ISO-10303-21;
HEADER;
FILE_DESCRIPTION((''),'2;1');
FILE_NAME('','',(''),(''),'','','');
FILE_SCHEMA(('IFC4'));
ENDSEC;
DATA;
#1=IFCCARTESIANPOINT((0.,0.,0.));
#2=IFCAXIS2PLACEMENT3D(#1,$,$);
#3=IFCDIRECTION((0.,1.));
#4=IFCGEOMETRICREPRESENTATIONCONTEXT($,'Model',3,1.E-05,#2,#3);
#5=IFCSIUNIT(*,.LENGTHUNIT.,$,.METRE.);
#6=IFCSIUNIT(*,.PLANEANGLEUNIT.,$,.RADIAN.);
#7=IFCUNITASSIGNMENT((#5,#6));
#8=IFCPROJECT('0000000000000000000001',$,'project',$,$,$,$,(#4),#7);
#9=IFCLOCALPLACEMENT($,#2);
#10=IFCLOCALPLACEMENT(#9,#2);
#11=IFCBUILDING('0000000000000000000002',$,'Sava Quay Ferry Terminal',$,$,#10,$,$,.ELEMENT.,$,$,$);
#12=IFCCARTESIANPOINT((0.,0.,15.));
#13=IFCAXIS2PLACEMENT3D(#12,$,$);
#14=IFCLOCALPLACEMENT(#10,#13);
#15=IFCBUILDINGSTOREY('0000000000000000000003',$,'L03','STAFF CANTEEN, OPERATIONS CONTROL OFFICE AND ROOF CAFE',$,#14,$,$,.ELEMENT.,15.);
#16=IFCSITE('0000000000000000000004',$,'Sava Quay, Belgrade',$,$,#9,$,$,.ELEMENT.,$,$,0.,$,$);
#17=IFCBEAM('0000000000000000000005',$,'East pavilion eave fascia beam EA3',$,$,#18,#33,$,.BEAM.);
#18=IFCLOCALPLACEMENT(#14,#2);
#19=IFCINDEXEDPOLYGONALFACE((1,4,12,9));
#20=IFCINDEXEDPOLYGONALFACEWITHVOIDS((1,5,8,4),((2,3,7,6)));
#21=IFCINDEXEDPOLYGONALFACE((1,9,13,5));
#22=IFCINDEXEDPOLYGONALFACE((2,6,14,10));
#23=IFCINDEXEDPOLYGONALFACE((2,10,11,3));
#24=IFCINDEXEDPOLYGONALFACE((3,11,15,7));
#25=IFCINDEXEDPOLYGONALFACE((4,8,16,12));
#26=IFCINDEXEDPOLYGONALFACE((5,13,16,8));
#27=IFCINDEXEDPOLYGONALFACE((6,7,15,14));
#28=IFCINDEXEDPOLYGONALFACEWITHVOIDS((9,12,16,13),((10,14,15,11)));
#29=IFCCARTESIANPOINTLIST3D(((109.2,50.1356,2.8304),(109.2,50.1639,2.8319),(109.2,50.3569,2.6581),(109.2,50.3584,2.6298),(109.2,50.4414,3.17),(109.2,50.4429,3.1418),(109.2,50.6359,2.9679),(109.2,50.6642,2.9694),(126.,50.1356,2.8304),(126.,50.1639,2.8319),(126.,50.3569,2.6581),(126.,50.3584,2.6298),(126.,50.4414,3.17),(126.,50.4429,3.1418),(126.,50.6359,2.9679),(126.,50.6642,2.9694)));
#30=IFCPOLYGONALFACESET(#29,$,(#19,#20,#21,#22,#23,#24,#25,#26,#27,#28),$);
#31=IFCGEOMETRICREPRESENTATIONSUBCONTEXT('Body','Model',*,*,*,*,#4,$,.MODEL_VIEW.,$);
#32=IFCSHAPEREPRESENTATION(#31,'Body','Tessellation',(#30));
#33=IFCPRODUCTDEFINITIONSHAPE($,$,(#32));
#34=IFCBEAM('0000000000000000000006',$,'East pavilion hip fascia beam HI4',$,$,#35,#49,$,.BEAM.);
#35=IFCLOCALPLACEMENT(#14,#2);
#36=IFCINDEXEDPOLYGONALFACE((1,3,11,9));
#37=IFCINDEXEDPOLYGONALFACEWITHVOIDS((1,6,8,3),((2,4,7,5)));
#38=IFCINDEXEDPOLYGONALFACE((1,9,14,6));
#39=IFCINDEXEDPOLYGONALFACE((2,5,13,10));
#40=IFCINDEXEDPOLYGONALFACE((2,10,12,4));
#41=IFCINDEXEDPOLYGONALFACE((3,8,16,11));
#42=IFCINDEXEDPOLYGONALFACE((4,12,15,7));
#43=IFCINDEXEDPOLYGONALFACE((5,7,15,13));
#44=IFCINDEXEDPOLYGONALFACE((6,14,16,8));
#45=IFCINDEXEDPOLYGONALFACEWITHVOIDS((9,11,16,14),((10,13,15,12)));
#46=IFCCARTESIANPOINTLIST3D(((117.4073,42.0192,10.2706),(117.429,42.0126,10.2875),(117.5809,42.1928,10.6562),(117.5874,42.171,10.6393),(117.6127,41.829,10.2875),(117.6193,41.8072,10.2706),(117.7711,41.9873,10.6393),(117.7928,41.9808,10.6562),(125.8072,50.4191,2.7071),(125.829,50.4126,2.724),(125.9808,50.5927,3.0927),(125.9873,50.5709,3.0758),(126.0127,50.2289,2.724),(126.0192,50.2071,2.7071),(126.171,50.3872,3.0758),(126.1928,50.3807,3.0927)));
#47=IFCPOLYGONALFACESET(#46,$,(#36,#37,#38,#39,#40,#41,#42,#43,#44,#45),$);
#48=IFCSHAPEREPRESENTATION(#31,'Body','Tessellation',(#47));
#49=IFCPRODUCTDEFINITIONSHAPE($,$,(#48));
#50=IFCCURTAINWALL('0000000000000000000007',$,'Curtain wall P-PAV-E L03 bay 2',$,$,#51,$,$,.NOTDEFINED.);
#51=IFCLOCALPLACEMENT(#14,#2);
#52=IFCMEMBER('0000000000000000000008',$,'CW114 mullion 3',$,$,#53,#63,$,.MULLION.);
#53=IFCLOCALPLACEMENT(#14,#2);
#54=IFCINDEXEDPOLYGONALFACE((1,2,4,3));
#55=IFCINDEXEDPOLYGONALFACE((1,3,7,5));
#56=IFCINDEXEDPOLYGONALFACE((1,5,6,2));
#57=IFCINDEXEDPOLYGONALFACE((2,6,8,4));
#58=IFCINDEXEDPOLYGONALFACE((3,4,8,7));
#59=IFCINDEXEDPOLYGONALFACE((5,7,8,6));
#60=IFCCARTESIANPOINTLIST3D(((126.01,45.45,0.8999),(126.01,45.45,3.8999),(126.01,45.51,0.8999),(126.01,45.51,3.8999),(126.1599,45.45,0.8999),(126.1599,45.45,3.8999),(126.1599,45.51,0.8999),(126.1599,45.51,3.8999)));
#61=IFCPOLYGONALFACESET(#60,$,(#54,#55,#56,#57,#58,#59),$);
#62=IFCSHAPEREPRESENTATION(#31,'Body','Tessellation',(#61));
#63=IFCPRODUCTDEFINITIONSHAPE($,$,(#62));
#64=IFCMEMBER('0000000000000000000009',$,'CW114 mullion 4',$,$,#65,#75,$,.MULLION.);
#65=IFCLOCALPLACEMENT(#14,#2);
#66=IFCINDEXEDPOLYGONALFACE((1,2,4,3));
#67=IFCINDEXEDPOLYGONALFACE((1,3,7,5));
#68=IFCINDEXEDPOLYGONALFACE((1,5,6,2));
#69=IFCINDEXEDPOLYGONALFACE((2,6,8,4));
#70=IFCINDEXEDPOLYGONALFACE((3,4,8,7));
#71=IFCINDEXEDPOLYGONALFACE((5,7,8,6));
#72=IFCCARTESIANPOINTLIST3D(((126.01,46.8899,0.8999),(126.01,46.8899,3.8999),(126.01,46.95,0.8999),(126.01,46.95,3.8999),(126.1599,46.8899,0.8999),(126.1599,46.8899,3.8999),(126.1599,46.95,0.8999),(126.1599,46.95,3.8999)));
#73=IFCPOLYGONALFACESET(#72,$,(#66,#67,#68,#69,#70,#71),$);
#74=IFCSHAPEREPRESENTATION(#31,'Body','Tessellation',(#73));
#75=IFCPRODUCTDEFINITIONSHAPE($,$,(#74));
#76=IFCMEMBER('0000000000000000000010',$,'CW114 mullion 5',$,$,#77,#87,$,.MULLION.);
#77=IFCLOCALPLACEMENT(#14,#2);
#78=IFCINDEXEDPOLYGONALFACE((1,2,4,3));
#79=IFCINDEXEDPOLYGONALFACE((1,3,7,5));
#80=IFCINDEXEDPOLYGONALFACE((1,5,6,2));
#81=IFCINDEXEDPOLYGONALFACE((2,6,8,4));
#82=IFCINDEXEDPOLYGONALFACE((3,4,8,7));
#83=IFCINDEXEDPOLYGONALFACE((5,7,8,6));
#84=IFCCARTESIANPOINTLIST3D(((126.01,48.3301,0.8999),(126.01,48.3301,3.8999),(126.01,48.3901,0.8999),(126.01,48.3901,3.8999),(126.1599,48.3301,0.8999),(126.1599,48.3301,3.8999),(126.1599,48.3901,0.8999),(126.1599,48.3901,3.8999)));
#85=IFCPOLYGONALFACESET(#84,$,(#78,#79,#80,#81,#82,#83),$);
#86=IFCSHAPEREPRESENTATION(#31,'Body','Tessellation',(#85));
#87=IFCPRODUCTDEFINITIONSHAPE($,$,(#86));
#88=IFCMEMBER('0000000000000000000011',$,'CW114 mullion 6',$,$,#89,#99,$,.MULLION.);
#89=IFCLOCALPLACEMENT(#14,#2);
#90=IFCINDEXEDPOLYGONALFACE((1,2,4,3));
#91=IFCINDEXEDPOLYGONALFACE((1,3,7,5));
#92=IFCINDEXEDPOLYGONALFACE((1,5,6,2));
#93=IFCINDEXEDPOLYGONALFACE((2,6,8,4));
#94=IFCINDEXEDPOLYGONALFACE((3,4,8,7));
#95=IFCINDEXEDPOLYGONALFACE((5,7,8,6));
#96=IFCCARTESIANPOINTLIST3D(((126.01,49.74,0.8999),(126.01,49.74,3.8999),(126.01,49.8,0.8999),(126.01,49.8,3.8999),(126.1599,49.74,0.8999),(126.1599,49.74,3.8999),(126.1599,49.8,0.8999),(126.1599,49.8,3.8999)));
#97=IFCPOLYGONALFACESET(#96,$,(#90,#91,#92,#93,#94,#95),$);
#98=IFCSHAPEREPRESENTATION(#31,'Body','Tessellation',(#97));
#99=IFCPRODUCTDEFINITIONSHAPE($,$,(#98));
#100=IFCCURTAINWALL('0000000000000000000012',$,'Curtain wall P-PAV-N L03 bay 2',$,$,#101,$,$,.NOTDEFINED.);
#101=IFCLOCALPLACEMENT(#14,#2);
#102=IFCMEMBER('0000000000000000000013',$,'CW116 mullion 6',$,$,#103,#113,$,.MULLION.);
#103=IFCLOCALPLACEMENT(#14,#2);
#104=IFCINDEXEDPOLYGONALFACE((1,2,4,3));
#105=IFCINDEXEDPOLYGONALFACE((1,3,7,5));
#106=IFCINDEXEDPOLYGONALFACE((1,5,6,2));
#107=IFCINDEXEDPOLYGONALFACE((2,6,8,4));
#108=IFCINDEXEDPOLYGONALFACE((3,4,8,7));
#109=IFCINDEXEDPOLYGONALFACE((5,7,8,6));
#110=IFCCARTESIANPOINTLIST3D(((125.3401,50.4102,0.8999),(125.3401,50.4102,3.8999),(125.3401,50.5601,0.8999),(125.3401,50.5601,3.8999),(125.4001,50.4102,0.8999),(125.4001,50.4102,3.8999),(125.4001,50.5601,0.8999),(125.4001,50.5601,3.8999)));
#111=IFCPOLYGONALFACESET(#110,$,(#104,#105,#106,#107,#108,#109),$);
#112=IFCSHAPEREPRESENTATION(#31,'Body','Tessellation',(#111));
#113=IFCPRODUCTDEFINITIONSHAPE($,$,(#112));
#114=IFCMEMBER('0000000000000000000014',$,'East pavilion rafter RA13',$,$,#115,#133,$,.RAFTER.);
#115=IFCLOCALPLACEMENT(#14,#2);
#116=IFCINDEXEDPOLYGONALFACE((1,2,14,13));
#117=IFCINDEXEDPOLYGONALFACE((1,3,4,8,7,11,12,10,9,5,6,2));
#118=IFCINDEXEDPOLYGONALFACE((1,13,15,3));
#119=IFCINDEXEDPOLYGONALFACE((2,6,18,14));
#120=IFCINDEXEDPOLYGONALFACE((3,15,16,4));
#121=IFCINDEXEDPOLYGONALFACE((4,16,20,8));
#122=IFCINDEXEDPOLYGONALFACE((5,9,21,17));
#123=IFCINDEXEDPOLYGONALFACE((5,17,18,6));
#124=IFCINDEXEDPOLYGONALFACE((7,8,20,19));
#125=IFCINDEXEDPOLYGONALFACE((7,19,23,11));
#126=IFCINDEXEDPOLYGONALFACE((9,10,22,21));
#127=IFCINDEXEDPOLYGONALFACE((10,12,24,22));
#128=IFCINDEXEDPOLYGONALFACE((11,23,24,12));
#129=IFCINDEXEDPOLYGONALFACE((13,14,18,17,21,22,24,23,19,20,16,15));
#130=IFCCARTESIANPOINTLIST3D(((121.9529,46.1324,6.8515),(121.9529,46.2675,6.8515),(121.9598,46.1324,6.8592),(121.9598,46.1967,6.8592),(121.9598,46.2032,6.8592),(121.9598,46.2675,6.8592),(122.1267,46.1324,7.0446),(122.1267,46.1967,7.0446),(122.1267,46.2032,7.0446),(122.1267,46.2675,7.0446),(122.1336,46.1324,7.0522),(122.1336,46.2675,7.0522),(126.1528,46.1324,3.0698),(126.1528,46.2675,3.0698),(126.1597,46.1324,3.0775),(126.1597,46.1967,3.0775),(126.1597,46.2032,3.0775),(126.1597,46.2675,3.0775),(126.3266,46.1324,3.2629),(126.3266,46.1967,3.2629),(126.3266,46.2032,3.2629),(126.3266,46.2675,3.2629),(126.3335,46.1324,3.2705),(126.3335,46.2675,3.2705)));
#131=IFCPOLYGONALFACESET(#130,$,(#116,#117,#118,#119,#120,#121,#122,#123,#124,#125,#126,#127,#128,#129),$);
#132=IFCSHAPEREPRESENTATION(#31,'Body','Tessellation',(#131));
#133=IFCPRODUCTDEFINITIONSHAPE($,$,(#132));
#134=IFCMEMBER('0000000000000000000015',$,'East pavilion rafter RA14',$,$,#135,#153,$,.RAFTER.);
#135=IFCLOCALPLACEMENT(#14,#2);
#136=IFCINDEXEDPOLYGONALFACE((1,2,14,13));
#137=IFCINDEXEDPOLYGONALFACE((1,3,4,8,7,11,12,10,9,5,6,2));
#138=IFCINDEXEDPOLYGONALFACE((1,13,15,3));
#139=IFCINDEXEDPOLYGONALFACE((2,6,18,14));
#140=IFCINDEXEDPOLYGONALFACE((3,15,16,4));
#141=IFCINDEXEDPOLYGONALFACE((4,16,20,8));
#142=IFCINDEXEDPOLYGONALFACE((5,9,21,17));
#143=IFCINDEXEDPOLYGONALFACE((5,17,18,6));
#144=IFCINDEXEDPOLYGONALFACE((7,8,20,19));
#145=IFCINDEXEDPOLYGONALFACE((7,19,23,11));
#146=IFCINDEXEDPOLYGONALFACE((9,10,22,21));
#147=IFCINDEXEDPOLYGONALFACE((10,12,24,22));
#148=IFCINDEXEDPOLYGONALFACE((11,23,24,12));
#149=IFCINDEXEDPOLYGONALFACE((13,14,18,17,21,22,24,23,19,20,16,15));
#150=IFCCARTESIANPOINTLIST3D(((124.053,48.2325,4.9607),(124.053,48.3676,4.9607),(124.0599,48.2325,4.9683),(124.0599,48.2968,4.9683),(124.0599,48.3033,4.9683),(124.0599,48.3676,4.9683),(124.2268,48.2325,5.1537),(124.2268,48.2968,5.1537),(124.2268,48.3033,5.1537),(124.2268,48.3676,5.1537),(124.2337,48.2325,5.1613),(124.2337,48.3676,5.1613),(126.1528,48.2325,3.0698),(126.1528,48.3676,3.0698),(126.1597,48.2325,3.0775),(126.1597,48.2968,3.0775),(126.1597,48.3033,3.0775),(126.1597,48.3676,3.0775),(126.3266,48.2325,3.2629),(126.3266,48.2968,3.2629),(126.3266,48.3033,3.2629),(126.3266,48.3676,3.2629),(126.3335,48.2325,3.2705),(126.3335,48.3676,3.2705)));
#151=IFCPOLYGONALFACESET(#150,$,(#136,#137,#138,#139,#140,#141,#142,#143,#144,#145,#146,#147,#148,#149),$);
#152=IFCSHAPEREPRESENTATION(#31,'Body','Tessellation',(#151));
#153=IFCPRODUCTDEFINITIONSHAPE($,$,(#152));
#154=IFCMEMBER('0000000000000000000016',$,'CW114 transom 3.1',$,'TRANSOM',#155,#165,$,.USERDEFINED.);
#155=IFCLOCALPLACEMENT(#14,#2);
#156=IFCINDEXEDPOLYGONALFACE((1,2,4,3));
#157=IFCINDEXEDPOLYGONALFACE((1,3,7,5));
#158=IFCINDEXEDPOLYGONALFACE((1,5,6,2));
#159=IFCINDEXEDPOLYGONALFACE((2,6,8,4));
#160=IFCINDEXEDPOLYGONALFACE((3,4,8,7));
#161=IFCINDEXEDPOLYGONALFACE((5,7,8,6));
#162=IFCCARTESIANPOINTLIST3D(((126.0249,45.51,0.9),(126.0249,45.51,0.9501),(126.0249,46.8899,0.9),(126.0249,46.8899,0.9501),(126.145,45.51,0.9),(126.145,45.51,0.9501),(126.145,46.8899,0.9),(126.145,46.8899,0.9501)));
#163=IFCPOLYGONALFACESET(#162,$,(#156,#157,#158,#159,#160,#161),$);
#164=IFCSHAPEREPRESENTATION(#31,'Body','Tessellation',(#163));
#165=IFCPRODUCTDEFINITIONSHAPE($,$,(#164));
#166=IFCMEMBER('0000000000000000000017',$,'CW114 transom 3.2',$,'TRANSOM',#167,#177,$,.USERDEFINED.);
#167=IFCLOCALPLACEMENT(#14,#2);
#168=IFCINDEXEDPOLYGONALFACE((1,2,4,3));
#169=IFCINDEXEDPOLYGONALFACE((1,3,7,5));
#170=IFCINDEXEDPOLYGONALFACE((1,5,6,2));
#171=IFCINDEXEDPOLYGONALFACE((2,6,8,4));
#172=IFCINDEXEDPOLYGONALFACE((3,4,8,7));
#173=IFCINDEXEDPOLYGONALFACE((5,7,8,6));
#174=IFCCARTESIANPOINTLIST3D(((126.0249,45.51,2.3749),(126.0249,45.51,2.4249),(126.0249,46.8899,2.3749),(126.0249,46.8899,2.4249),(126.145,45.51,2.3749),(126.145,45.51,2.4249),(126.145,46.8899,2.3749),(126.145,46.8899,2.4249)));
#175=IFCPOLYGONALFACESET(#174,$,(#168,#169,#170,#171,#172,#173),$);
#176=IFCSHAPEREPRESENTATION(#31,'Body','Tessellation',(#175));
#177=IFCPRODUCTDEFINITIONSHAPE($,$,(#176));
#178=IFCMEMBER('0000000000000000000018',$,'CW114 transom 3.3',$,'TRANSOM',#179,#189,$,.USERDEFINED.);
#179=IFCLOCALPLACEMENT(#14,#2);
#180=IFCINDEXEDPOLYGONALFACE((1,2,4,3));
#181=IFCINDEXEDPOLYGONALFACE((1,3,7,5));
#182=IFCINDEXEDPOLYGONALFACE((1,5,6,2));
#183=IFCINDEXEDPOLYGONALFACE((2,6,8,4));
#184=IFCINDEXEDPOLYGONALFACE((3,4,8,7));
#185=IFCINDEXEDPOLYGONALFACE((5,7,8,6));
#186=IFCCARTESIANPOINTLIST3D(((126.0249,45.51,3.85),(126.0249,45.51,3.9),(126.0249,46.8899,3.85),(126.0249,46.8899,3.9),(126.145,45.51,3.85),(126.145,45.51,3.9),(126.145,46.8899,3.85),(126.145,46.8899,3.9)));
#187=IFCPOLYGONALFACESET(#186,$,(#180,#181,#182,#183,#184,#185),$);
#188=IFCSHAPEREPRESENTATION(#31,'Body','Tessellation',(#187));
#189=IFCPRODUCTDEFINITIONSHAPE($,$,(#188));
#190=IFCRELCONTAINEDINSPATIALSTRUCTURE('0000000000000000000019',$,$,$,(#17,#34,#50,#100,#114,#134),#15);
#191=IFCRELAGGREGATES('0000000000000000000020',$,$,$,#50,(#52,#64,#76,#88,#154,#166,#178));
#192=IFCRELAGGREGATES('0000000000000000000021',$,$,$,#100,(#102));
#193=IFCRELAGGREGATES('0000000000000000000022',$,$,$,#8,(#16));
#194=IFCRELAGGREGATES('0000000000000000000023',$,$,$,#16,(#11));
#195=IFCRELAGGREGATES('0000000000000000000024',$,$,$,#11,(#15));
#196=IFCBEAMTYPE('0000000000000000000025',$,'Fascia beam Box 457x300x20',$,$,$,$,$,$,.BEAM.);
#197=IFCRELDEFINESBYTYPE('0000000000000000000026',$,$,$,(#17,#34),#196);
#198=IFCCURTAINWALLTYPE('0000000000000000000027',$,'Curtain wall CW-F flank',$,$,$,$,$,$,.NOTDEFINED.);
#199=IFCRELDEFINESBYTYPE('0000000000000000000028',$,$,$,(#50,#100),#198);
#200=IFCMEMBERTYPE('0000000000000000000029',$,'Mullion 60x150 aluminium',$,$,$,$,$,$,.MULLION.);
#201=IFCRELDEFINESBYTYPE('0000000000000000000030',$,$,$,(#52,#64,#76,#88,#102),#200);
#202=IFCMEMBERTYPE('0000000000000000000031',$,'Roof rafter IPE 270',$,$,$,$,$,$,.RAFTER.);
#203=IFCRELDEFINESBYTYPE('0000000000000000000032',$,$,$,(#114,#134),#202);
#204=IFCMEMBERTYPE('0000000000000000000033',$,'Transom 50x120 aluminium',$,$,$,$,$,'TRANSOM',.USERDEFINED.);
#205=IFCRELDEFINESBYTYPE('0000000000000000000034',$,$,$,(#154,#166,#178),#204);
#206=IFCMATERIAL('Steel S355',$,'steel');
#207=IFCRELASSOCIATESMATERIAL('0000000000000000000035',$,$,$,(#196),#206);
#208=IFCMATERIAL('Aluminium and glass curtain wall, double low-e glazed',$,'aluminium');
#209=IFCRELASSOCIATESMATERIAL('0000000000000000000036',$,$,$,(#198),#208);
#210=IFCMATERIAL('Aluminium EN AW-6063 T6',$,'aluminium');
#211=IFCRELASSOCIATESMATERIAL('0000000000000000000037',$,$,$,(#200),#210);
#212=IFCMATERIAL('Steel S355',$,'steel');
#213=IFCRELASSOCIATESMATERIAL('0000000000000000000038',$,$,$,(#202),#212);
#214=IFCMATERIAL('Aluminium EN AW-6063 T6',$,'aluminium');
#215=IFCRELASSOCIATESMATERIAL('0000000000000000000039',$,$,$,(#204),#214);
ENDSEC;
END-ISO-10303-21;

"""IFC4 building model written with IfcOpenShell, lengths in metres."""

from ifc_helpers import new_model, si_unit, direction, frame, origin, origin_2d, place, context, subcontext, project, spatial, polyline, rectangle, i_section, outline, extrude, material, material_profile, profile_set, type_object, element, aggregate, save


model = new_model("IFC4")

# Units and contexts
model_context = context("Model", 3, precision=1e-05, world=origin(), true_north=direction((0.0, 1.0)))
body_context = subcontext(model_context, "Body", "Model", "MODEL_VIEW")
ifc_project = project(units=[si_unit("LENGTHUNIT", "METRE"), si_unit("PLANEANGLEUNIT", "RADIAN")], contexts=[model_context])

# Site, building, storey
site_placement = place(None, origin())
site = spatial("IfcSite", under=ifc_project, at=site_placement, Name="Sava Quay, Belgrade", CompositionType="ELEMENT", RefElevation=0.0)
building_placement = place(site_placement, origin())
building = spatial("IfcBuilding", under=site, at=building_placement, Name="Sava Quay Ferry Terminal", CompositionType="ELEMENT")
storey_placement = place(building_placement, frame((0.0, 0.0, 15.0)))
storey = spatial("IfcBuildingStorey", under=building, at=storey_placement, Name="L03", Description="STAFF CANTEEN, OPERATIONS CONTROL OFFICE AND ROOF CAFE", CompositionType="ELEMENT", Elevation=15.0)

# Beams
ifc_material_1 = material(Name="Steel S355", Category="steel")
ifc_material_profile_1 = material_profile(ifc_material_1, outline(polyline([(-0.1499, -0.2285), (0.1499, -0.2285), (0.1499, 0.2285), (-0.1499, 0.2285), (-0.1499, -0.2285)]), holes=[polyline([(-0.1299, -0.2085), (-0.1299, 0.2085), (0.1299, 0.2085), (0.1299, -0.2085), (-0.1299, -0.2085)])]), Name="Box 457x300x20 built-up")
ifc_profile_set_1 = profile_set([ifc_material_profile_1], Name="Steel S355")
beam_type = type_object("IfcBeamType", Name="Fascia beam Box 457x300x20", PredefinedType="BEAM", material=ifc_profile_set_1)
beam_1_placement = place(storey_placement, frame((126.0, 50.3999, 2.8999), z_axis=(-1.0, 0.0, 0.0), x_axis=(0.0, -0.743145, 0.669131)))
element("IfcBeam", 1, at=beam_1_placement, inside=storey, type_object=beam_type, Name="East pavilion eave fascia beam EA3", PredefinedType="BEAM", context=body_context, shape_type="SweptSolid", body=[
    extrude(outline(polyline([(-0.1499, -0.2285), (0.1499, -0.2285), (0.1499, 0.2285), (-0.1499, 0.2285), (-0.1499, -0.2285)]), holes=[polyline([(-0.1299, -0.2085), (-0.1299, 0.2085), (0.1299, 0.2085), (0.1299, -0.2085), (-0.1299, -0.2085)])]), origin(), (0.0, 0.0, 1.0), 16.8),
])
beam_2_placement = place(storey_placement, frame((126.0, 50.3999, 2.8999), z_axis=(-0.596469, -0.596469, 0.537075), x_axis=(0.707107, -0.707107, 0.0)))
element("IfcBeam", 2, at=beam_2_placement, inside=storey, type_object=beam_type, Name="East pavilion hip fascia beam HI4", PredefinedType="BEAM", context=body_context, shape_type="SweptSolid", body=[
    extrude(outline(polyline([(-0.1499, -0.2285), (0.1499, -0.2285), (0.1499, 0.2285), (-0.1499, 0.2285), (-0.1499, -0.2285)]), holes=[polyline([(-0.1299, -0.2085), (-0.1299, 0.2085), (0.1299, 0.2085), (0.1299, -0.2085), (-0.1299, -0.2085)])]), origin(), (0.0, 0.0, 1.0), 14.0828),
])

# Curtain wall, members
ifc_material_2 = material(Name="Aluminium and glass curtain wall, double low-e glazed", Category="aluminium")
curtain_wall_type = type_object("IfcCurtainWallType", Name="Curtain wall CW-F flank", PredefinedType="NOTDEFINED", material=ifc_material_2)
curtain_wall_1_placement = place(storey_placement, origin())
curtain_wall_1 = element("IfcCurtainWall", 3, at=curtain_wall_1_placement, inside=storey, type_object=curtain_wall_type, Name="Curtain wall P-PAV-E L03 bay 2", PredefinedType="NOTDEFINED")
ifc_material_3 = material(Name="Aluminium EN AW-6063 T6", Category="aluminium")
ifc_material_profile_2 = material_profile(ifc_material_3, rectangle(XDim=0.1499, YDim=0.0601, at=origin_2d()), Name="Mullion 60x150 aluminium")
ifc_profile_set_2 = profile_set([ifc_material_profile_2], Name="Aluminium EN AW-6063 T6")
member_type_1 = type_object("IfcMemberType", Name="Mullion 60x150 aluminium", PredefinedType="MULLION", material=ifc_profile_set_2)
member_1_placement = place(storey_placement, frame((126.085, 45.48, 0.8999), z_axis=(0.0, 0.0, 1.0), x_axis=(-1.0, 0.0, 0.0)))
member_1 = element("IfcMember", 4, at=member_1_placement, type_object=member_type_1, Name="CW114 mullion 3", PredefinedType="MULLION", context=body_context, shape_type="SweptSolid", body=[
    extrude(rectangle(XDim=0.1499, YDim=0.0601, at=origin_2d()), origin(), (0.0, 0.0, 1.0), 3.0),
])
member_2_placement = place(storey_placement, frame((126.085, 46.9199, 0.8999), z_axis=(0.0, 0.0, 1.0), x_axis=(-1.0, 0.0, 0.0)))
member_2 = element("IfcMember", 5, at=member_2_placement, type_object=member_type_1, Name="CW114 mullion 4", PredefinedType="MULLION", context=body_context, shape_type="SweptSolid", body=[
    extrude(rectangle(XDim=0.1499, YDim=0.0601, at=origin_2d()), origin(), (0.0, 0.0, 1.0), 3.0),
])
member_3_placement = place(storey_placement, frame((126.085, 48.3601, 0.8999), z_axis=(0.0, 0.0, 1.0), x_axis=(-1.0, 0.0, 0.0)))
member_3 = element("IfcMember", 6, at=member_3_placement, type_object=member_type_1, Name="CW114 mullion 5", PredefinedType="MULLION", context=body_context, shape_type="SweptSolid", body=[
    extrude(rectangle(XDim=0.1499, YDim=0.0601, at=origin_2d()), origin(), (0.0, 0.0, 1.0), 3.0),
])
member_4_placement = place(storey_placement, frame((126.085, 49.77, 0.8999), z_axis=(0.0, 0.0, 1.0), x_axis=(-1.0, 0.0, 0.0)))
member_4 = element("IfcMember", 7, at=member_4_placement, type_object=member_type_1, Name="CW114 mullion 6", PredefinedType="MULLION", context=body_context, shape_type="SweptSolid", body=[
    extrude(rectangle(XDim=0.1499, YDim=0.0601, at=origin_2d()), origin(), (0.0, 0.0, 1.0), 3.0),
])

# Curtain wall, member
curtain_wall_2_placement = place(storey_placement, origin())
curtain_wall_2 = element("IfcCurtainWall", 8, at=curtain_wall_2_placement, inside=storey, type_object=curtain_wall_type, Name="Curtain wall P-PAV-N L03 bay 2", PredefinedType="NOTDEFINED")
member_5_placement = place(storey_placement, frame((125.3701, 50.4851, 0.8999), z_axis=(0.0, 0.0, 1.0), x_axis=(0.0, 1.0, 0.0)))
member_5 = element("IfcMember", 9, at=member_5_placement, type_object=member_type_1, Name="CW116 mullion 6", PredefinedType="MULLION", context=body_context, shape_type="SweptSolid", body=[
    extrude(rectangle(XDim=0.1499, YDim=0.0601, at=origin_2d()), origin(), (0.0, 0.0, 1.0), 3.0),
])

# Members
ifc_material_4 = material(Name="Steel S355", Category="steel")
ifc_material_profile_3 = material_profile(ifc_material_4, i_section(OverallWidth=0.135, OverallDepth=0.27, WebThickness=0.0066, FlangeThickness=0.0103, at=origin_2d()), Name="IPE 270")
ifc_profile_set_3 = profile_set([ifc_material_profile_3], Name="Steel S355")
member_type_2 = type_object("IfcMemberType", Name="Roof rafter IPE 270", PredefinedType="RAFTER", material=ifc_profile_set_3)
member_6_placement = place(storey_placement, frame((126.2432, 46.2, 3.1702), z_axis=(-0.743137, 0.0, 0.669139), x_axis=(0.0, -1.0, 0.0)))
element("IfcMember", 10, at=member_6_placement, inside=storey, type_object=member_type_2, Name="East pavilion rafter RA13", PredefinedType="RAFTER", context=body_context, shape_type="SweptSolid", body=[
    extrude(i_section(OverallWidth=0.135, OverallDepth=0.27, WebThickness=0.0066, FlangeThickness=0.0103, at=origin_2d()), origin(), (0.0, 0.0, 1.0), 5.6516),
])
member_7_placement = place(storey_placement, frame((126.2432, 48.3, 3.1702), z_axis=(-0.743118, 0.0, 0.66916), x_axis=(0.0, -1.0, 0.0)))
element("IfcMember", 11, at=member_7_placement, inside=storey, type_object=member_type_2, Name="East pavilion rafter RA14", PredefinedType="RAFTER", context=body_context, shape_type="SweptSolid", body=[
    extrude(i_section(OverallWidth=0.135, OverallDepth=0.27, WebThickness=0.0066, FlangeThickness=0.0103, at=origin_2d()), origin(), (0.0, 0.0, 1.0), 2.8257),
])

# Members
ifc_material_5 = material(Name="Aluminium EN AW-6063 T6", Category="aluminium")
ifc_material_profile_4 = material_profile(ifc_material_5, rectangle(XDim=0.1201, YDim=0.05, at=origin_2d()), Name="Transom 50x120 aluminium")
ifc_profile_set_4 = profile_set([ifc_material_profile_4], Name="Aluminium EN AW-6063 T6")
member_type_3 = type_object("IfcMemberType", Name="Transom 50x120 aluminium", ElementType="TRANSOM", PredefinedType="USERDEFINED", material=ifc_profile_set_4)
member_8_placement = place(storey_placement, frame((126.085, 45.51, 0.925), z_axis=(0.0, 1.0, 0.0), x_axis=(-1.0, 0.0, 0.0)))
member_8 = element("IfcMember", 12, at=member_8_placement, type_object=member_type_3, Name="CW114 transom 3.1", ObjectType="TRANSOM", PredefinedType="USERDEFINED", context=body_context, shape_type="SweptSolid", body=[
    extrude(rectangle(XDim=0.1201, YDim=0.05, at=origin_2d()), origin(), (0.0, 0.0, 1.0), 1.3799),
])
member_9_placement = place(storey_placement, frame((126.085, 45.51, 2.3999), z_axis=(0.0, 1.0, 0.0), x_axis=(-1.0, 0.0, 0.0)))
member_9 = element("IfcMember", 13, at=member_9_placement, type_object=member_type_3, Name="CW114 transom 3.2", ObjectType="TRANSOM", PredefinedType="USERDEFINED", context=body_context, shape_type="SweptSolid", body=[
    extrude(rectangle(XDim=0.1201, YDim=0.05, at=origin_2d()), origin(), (0.0, 0.0, 1.0), 1.3799),
])
member_10_placement = place(storey_placement, frame((126.085, 45.51, 3.875), z_axis=(0.0, 1.0, 0.0), x_axis=(-1.0, 0.0, 0.0)))
member_10 = element("IfcMember", 14, at=member_10_placement, type_object=member_type_3, Name="CW114 transom 3.3", ObjectType="TRANSOM", PredefinedType="USERDEFINED", context=body_context, shape_type="SweptSolid", body=[
    extrude(rectangle(XDim=0.1201, YDim=0.05, at=origin_2d()), origin(), (0.0, 0.0, 1.0), 1.3799),
])

aggregate(curtain_wall_1, [member_1, member_2, member_3, member_4, member_8, member_9, member_10])
aggregate(curtain_wall_2, [member_5])

save(model, "model.ifc")
